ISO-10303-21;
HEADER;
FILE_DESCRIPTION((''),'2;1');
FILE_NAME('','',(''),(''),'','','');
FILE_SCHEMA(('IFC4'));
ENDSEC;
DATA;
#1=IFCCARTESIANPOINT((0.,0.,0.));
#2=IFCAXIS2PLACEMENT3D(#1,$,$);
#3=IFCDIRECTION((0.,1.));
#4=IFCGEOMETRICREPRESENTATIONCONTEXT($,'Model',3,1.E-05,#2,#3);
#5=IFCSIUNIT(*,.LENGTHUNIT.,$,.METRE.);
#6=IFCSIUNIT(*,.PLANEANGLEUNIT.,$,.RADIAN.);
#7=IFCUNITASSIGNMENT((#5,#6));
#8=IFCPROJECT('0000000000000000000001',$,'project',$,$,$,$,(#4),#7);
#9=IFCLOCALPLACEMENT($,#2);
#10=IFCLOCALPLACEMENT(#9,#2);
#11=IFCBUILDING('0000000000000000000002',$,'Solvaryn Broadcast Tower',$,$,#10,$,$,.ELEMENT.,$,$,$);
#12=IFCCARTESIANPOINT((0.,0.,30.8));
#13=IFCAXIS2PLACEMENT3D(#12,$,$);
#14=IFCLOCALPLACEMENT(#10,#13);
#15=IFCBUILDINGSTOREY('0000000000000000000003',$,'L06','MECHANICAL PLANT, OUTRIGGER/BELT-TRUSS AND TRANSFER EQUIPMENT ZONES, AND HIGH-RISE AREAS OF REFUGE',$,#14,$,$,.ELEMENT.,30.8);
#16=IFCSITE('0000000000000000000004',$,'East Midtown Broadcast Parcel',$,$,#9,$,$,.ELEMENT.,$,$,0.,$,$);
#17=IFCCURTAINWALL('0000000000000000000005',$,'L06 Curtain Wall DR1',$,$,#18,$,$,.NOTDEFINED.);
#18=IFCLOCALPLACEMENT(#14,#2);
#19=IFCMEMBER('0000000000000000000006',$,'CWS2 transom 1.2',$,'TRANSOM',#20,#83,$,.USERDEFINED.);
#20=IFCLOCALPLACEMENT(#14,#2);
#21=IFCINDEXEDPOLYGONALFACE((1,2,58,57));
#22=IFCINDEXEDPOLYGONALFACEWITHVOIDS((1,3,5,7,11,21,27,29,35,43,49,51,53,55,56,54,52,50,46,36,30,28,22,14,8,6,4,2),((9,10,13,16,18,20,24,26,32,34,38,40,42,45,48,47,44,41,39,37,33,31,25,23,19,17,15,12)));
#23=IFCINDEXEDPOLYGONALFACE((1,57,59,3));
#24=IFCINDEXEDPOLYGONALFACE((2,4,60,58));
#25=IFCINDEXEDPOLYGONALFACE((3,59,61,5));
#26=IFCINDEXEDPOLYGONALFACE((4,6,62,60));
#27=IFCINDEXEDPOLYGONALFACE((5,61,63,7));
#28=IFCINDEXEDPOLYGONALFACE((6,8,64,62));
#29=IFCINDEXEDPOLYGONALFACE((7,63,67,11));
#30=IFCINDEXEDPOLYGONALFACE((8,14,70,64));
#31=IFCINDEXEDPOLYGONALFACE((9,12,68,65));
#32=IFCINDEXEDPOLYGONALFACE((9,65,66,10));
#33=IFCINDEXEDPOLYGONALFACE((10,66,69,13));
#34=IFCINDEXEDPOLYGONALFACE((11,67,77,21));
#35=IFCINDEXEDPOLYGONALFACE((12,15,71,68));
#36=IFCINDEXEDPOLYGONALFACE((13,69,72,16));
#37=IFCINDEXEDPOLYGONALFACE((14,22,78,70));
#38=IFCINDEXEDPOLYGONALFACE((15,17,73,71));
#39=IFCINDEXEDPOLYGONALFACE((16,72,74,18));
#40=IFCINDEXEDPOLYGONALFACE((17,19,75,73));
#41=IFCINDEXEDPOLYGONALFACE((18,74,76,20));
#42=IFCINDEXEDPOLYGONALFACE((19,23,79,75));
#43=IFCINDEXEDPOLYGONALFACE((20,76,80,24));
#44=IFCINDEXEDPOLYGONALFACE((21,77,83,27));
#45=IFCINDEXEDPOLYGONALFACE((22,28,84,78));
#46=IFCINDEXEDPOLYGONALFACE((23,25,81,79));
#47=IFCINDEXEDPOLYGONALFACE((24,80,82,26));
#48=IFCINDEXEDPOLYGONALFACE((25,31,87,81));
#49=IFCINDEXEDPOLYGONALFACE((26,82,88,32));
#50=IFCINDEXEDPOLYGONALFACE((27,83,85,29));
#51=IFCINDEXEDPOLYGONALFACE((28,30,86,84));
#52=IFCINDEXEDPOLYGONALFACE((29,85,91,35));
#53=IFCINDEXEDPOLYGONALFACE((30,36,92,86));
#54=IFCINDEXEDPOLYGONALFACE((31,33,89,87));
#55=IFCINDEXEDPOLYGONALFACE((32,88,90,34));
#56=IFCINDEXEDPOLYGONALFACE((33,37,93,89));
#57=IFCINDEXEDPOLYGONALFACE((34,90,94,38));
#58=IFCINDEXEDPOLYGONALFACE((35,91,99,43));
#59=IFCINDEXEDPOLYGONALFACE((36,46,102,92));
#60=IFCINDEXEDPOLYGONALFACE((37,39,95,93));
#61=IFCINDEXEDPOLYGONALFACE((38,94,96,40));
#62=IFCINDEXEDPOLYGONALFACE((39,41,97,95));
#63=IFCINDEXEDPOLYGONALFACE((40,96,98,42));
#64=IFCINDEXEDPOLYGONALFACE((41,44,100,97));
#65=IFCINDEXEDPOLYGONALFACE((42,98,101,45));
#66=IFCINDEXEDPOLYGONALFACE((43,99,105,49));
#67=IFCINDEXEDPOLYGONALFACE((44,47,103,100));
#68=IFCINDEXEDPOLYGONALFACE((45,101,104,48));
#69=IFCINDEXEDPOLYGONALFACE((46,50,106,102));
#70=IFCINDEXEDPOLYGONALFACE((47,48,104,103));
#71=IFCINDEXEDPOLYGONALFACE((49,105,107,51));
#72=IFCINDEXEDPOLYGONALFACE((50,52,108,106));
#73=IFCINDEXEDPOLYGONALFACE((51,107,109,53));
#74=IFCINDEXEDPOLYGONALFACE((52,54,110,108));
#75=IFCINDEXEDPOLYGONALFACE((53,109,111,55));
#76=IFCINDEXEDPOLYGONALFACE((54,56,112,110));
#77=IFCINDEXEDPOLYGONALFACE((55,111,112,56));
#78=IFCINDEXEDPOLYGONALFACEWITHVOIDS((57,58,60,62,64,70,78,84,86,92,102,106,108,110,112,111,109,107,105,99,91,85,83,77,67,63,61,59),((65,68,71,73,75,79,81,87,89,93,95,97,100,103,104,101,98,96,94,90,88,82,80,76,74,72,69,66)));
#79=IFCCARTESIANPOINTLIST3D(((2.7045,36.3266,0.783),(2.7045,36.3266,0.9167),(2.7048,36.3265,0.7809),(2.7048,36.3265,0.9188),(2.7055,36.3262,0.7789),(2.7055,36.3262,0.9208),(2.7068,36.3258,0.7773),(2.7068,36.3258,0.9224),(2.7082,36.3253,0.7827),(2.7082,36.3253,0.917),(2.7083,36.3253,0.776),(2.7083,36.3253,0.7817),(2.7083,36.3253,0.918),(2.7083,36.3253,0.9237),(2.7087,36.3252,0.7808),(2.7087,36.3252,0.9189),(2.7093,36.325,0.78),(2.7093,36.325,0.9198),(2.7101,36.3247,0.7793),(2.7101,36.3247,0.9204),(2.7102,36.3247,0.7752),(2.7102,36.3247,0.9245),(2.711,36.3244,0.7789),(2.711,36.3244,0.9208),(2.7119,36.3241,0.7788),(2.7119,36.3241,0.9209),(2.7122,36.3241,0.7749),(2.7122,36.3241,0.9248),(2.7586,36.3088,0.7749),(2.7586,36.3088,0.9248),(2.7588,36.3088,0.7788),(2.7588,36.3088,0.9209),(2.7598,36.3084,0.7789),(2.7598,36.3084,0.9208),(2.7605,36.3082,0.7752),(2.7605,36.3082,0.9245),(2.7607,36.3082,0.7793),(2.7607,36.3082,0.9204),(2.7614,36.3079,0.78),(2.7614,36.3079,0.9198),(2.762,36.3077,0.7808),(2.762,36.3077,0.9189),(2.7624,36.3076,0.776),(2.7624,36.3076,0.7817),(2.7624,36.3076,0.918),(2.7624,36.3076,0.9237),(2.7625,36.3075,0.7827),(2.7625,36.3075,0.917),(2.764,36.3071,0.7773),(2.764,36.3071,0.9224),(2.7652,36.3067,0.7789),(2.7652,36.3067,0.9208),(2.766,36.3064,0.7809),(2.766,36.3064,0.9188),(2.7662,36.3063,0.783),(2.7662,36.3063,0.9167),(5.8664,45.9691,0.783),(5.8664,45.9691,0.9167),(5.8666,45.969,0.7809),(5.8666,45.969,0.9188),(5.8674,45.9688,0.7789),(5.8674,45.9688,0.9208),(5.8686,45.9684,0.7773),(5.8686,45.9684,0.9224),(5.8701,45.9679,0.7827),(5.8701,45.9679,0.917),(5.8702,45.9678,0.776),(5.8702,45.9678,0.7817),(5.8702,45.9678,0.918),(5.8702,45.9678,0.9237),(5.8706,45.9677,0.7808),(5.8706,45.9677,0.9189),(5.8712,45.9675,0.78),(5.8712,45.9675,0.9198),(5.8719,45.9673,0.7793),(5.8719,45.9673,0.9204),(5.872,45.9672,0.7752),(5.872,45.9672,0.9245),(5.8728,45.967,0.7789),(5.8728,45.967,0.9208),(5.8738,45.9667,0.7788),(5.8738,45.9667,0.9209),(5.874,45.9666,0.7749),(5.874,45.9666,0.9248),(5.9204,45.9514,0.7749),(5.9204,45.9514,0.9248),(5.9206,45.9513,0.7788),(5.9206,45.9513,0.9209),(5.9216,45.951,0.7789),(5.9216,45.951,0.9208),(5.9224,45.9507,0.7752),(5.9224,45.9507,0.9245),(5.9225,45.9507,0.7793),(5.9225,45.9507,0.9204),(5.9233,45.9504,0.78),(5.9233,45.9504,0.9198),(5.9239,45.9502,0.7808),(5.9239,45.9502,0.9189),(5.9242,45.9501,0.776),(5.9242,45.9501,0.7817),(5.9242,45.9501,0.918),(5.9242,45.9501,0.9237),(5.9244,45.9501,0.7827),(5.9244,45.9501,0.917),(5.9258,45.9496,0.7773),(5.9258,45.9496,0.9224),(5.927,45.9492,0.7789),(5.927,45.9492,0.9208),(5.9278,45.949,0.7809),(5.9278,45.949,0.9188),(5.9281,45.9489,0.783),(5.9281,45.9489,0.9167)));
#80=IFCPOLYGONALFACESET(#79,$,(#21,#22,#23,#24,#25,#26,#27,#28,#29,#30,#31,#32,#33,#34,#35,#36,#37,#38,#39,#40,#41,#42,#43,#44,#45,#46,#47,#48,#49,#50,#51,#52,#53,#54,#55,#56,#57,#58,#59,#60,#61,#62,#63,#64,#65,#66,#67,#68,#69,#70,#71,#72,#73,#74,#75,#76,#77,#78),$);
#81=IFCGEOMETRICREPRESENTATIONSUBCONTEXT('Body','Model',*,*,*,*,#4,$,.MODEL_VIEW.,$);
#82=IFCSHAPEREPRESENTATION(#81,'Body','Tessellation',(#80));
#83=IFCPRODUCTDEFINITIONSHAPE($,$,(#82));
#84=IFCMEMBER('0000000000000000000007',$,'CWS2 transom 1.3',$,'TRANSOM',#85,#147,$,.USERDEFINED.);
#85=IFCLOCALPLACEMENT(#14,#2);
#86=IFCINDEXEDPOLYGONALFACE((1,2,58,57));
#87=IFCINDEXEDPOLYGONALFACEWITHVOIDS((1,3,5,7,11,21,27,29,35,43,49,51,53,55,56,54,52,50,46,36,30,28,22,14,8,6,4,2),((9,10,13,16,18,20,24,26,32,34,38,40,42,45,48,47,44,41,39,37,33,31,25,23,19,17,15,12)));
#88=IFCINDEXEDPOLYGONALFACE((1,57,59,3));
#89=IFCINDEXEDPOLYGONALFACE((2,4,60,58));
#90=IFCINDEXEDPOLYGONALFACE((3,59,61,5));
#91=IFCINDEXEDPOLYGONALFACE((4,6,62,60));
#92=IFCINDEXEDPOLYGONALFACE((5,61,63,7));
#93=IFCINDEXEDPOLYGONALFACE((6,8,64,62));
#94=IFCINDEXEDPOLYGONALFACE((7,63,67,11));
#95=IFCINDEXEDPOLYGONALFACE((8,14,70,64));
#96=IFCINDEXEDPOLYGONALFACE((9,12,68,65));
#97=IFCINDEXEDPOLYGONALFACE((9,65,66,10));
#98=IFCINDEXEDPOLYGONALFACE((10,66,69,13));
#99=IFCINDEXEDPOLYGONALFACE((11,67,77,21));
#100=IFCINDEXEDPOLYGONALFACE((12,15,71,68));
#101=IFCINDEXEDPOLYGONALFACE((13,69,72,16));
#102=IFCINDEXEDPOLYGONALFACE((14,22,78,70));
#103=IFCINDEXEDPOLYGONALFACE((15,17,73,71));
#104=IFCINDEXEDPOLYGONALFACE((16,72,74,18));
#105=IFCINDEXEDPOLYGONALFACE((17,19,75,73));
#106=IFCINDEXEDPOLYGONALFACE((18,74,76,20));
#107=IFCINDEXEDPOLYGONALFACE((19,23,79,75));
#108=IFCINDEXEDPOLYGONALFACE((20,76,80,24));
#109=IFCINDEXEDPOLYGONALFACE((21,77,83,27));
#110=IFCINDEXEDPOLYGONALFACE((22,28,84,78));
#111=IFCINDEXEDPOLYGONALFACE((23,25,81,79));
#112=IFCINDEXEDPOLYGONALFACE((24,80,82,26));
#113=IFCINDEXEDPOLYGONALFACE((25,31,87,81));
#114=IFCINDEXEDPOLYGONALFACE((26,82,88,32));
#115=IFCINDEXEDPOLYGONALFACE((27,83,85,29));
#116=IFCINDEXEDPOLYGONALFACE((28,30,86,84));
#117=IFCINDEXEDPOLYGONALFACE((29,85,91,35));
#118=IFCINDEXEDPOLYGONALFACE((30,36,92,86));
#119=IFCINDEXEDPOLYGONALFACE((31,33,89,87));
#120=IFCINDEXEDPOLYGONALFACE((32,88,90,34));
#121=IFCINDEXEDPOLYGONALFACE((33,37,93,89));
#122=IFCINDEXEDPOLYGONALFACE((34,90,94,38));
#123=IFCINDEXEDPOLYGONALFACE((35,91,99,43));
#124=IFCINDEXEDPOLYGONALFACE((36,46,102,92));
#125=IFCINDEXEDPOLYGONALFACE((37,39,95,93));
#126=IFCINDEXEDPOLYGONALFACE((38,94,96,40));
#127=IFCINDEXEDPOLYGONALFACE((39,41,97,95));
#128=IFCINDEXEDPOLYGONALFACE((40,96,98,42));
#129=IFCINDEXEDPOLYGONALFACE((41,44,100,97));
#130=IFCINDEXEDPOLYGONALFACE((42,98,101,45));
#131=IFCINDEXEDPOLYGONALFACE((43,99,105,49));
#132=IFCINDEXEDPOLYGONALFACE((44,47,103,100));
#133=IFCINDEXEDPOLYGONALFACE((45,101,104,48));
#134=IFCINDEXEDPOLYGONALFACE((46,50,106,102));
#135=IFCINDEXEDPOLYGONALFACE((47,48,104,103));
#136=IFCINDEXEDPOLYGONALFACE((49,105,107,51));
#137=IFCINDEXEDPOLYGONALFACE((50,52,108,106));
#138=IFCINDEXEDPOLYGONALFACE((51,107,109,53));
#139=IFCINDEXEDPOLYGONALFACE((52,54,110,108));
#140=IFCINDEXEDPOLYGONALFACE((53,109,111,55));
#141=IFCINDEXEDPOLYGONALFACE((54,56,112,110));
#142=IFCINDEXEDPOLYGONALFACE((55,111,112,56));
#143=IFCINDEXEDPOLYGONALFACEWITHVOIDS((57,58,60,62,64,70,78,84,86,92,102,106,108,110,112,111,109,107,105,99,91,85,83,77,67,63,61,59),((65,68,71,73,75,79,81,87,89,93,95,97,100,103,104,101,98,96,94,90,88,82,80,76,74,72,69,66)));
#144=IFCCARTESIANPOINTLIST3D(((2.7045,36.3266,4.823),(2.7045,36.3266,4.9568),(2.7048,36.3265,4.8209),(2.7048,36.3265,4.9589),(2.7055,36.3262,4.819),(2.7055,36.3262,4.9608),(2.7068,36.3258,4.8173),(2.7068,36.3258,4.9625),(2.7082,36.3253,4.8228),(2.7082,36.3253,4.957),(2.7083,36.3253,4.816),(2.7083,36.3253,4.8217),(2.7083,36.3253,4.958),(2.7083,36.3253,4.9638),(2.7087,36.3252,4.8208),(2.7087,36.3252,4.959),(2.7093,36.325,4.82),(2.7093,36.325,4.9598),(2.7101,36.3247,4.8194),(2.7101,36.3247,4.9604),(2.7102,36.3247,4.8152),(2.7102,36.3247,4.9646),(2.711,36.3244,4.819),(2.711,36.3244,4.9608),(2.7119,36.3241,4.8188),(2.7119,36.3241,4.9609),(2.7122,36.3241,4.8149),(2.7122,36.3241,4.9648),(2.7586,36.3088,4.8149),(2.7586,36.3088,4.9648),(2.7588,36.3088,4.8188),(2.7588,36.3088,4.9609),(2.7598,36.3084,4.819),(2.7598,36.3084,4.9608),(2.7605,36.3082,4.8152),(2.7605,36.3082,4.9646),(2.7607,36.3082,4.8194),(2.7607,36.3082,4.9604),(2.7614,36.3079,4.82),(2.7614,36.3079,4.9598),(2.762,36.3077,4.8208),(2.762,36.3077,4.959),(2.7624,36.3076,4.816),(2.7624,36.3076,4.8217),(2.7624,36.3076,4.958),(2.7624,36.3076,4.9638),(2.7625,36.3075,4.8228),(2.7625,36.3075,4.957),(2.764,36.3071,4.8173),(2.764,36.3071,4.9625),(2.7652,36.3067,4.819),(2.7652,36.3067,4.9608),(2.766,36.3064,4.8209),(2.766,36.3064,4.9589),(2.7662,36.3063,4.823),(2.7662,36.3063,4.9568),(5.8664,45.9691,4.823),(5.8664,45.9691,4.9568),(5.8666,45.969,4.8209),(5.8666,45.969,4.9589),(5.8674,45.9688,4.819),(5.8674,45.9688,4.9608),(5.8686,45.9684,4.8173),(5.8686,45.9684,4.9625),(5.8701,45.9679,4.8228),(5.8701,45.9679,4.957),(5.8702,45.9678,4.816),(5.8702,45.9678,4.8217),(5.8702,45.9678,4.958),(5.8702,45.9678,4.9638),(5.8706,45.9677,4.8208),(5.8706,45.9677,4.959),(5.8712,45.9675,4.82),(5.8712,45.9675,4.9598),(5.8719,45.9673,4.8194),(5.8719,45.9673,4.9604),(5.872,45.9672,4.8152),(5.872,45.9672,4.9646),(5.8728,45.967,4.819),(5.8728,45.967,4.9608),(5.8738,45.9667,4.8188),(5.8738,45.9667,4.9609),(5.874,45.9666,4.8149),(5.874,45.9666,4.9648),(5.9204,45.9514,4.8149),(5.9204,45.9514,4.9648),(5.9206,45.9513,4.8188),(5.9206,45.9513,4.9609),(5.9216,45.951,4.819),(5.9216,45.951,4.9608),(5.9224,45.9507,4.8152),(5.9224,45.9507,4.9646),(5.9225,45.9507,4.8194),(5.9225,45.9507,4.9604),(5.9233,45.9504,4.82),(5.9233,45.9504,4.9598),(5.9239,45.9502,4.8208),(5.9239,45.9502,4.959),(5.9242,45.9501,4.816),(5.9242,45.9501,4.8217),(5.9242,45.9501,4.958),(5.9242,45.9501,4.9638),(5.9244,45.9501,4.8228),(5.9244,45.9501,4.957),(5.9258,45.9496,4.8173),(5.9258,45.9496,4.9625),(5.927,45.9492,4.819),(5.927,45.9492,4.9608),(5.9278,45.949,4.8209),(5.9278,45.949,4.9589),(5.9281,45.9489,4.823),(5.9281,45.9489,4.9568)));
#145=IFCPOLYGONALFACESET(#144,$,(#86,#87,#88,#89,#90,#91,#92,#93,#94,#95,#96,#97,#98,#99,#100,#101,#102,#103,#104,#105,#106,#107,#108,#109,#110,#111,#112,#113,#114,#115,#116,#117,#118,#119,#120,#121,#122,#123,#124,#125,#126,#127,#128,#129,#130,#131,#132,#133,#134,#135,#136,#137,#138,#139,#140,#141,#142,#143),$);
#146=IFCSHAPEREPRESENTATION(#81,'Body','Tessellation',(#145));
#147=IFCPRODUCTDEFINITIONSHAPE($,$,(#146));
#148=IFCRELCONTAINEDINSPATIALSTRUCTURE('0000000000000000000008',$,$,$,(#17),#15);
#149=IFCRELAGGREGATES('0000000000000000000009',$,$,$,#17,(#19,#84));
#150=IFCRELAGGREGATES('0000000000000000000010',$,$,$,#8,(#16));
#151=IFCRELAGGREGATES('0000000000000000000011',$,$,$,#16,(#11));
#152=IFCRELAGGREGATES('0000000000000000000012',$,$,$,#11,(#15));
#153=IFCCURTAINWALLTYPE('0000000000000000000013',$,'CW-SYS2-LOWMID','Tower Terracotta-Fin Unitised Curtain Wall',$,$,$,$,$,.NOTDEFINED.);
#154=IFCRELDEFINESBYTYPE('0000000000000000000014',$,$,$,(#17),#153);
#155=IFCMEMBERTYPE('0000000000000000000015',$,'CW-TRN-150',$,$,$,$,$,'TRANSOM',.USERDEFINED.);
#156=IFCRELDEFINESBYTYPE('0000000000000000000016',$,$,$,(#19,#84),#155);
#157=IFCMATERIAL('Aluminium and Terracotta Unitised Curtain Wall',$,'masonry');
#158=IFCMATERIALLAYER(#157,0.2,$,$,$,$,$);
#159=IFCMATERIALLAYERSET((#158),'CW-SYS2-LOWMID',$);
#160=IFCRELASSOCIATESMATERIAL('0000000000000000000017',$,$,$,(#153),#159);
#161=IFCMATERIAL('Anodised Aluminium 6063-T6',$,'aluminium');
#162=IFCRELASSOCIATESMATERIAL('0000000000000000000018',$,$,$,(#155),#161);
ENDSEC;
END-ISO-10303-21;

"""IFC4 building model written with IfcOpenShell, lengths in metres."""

from ifc_helpers import new_model, si_unit, direction, frame, origin, origin_2d, place, context, subcontext, project, spatial, hollow_rectangle, extrude, material, layer, layer_set, material_profile, profile_set, type_object, element, aggregate, save


model = new_model("IFC4")

# Units and contexts
model_context = context("Model", 3, precision=1e-05, world=origin(), true_north=direction((0.0, 1.0)))
body_context = subcontext(model_context, "Body", "Model", "MODEL_VIEW")
ifc_project = project(units=[si_unit("LENGTHUNIT", "METRE"), si_unit("PLANEANGLEUNIT", "RADIAN")], contexts=[model_context])

# Site, building, storey
site_placement = place(None, origin())
site = spatial("IfcSite", under=ifc_project, at=site_placement, Name="East Midtown Broadcast Parcel", CompositionType="ELEMENT", RefElevation=0.0)
building_placement = place(site_placement, origin())
building = spatial("IfcBuilding", under=site, at=building_placement, Name="Solvaryn Broadcast Tower", CompositionType="ELEMENT")
storey_placement = place(building_placement, frame((0.0, 0.0, 30.8)))
storey = spatial("IfcBuildingStorey", under=building, at=storey_placement, Name="L06", Description="MECHANICAL PLANT, OUTRIGGER/BELT-TRUSS AND TRANSFER EQUIPMENT ZONES, AND HIGH-RISE AREAS OF REFUGE", CompositionType="ELEMENT", Elevation=30.8)

# Curtain wall
ifc_material_1 = material(Name="Aluminium and Terracotta Unitised Curtain Wall", Category="masonry")
ifc_layer_1 = layer(ifc_material_1, 0.2)
ifc_layer_set_1 = layer_set([ifc_layer_1], Name="CW-SYS2-LOWMID")
curtain_wall_type = type_object("IfcCurtainWallType", Name="CW-SYS2-LOWMID", Description="Tower Terracotta-Fin Unitised Curtain Wall", PredefinedType="NOTDEFINED", material=ifc_layer_set_1)
curtain_wall_1_placement = place(storey_placement, origin())
curtain_wall_1 = element("IfcCurtainWall", 1, at=curtain_wall_1_placement, inside=storey, type_object=curtain_wall_type, Name="L06 Curtain Wall DR1", PredefinedType="NOTDEFINED")

# Members
ifc_material_2 = material(Name="Anodised Aluminium 6063-T6", Category="aluminium")
ifc_material_profile_1 = material_profile(ifc_material_2, hollow_rectangle(XDim=0.0649, YDim=0.1499, WallThickness=0.0039, InnerFilletRadius=0.0039, OuterFilletRadius=0.0081, at=origin_2d()))
ifc_profile_set_1 = profile_set([ifc_material_profile_1], Name="Anodised Aluminium 6063-T6")
member_type_1 = type_object("IfcMemberType", Name="CW-TRN-150", ElementType="TRANSOM", PredefinedType="USERDEFINED", material=ifc_profile_set_1)
member_1_placement = place(storey_placement, frame((5.8972, 45.959, 0.8499), z_axis=(-0.311583, -0.950219, 0.0), x_axis=(0.950219, -0.311583, 0.0)))
member_1 = element("IfcMember", 2, at=member_1_placement, type_object=member_type_1, Name="CWS2 transom 1.2", ObjectType="TRANSOM", PredefinedType="USERDEFINED", context=body_context, shape_type="SweptSolid", body=[
    extrude(hollow_rectangle(XDim=0.0649, YDim=0.1499, WallThickness=0.0039, InnerFilletRadius=0.0039, OuterFilletRadius=0.0081, at=origin_2d()), origin(), (0.0, 0.0, 1.0), 10.1477),
])
member_2_placement = place(storey_placement, frame((5.8972, 45.959, 4.8899), z_axis=(-0.311583, -0.950219, 0.0), x_axis=(0.950219, -0.311583, 0.0)))
member_2 = element("IfcMember", 3, at=member_2_placement, type_object=member_type_1, Name="CWS2 transom 1.3", ObjectType="TRANSOM", PredefinedType="USERDEFINED", context=body_context, shape_type="SweptSolid", body=[
    extrude(hollow_rectangle(XDim=0.0649, YDim=0.1499, WallThickness=0.0039, InnerFilletRadius=0.0039, OuterFilletRadius=0.0081, at=origin_2d()), origin(), (0.0, 0.0, 1.0), 10.1477),
])

aggregate(curtain_wall_1, [member_1, member_2])

save(model, "model.ifc")
